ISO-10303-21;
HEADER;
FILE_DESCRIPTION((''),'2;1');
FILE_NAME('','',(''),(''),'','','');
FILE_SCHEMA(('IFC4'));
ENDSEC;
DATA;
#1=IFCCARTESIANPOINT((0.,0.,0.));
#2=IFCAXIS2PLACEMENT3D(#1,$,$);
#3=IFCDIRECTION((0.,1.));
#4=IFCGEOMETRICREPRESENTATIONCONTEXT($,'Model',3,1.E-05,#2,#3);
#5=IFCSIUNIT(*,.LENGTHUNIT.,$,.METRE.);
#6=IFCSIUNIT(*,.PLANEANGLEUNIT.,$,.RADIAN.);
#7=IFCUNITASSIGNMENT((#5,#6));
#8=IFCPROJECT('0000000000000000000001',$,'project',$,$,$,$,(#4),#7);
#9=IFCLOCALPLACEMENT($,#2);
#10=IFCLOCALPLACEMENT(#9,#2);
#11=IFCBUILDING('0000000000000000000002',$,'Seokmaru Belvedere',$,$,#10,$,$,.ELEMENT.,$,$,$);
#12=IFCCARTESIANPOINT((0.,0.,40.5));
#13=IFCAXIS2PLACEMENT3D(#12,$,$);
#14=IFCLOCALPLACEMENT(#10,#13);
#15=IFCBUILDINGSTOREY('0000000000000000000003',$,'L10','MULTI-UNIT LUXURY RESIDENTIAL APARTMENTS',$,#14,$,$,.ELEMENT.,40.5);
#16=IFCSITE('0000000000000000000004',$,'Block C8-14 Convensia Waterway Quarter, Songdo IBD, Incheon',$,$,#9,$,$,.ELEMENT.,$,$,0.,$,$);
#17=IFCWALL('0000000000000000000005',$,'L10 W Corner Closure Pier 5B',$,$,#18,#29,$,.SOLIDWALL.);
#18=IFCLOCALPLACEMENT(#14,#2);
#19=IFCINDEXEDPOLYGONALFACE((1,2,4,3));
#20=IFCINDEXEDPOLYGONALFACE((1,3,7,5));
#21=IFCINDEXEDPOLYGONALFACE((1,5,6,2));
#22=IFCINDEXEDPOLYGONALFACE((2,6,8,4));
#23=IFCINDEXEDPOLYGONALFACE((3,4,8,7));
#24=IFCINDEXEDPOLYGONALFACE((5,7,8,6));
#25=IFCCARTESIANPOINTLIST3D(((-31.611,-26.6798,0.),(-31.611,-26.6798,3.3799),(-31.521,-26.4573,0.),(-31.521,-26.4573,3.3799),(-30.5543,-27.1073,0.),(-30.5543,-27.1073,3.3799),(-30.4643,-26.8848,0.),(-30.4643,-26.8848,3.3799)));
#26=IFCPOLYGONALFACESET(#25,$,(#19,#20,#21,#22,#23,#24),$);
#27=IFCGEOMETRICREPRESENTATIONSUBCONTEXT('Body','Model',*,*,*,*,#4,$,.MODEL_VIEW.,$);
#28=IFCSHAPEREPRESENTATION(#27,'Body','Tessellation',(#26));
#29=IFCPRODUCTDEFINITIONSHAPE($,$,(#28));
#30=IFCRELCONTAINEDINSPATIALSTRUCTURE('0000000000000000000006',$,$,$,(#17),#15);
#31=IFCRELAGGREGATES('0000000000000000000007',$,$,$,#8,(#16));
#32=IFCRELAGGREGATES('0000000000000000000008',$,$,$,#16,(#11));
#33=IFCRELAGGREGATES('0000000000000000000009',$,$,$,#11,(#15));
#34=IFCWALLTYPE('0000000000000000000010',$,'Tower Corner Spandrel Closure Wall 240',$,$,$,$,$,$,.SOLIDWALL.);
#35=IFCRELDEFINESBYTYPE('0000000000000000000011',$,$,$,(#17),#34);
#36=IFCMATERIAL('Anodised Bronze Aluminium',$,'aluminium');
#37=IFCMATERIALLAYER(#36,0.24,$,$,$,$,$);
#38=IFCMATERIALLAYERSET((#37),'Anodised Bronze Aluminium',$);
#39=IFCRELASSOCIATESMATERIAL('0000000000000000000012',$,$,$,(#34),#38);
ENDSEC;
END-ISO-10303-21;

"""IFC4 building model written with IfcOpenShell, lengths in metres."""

from ifc_helpers import new_model, si_unit, direction, frame, frame_2d, origin, place, context, subcontext, project, spatial, rectangle, extrude, material, layer, layer_set, type_object, element, save


model = new_model("IFC4")

# Units and contexts
model_context = context("Model", 3, precision=1e-05, world=origin(), true_north=direction((0.0, 1.0)))
body_context = subcontext(model_context, "Body", "Model", "MODEL_VIEW")
ifc_project = project(units=[si_unit("LENGTHUNIT", "METRE"), si_unit("PLANEANGLEUNIT", "RADIAN")], contexts=[model_context])

# Site, building, storey
site_placement = place(None, origin())
site = spatial("IfcSite", under=ifc_project, at=site_placement, Name="Block C8-14 Convensia Waterway Quarter, Songdo IBD, Incheon", CompositionType="ELEMENT", RefElevation=0.0)
building_placement = place(site_placement, origin())
building = spatial("IfcBuilding", under=site, at=building_placement, Name="Seokmaru Belvedere", CompositionType="ELEMENT")
storey_placement = place(building_placement, frame((0.0, 0.0, 40.5)))
storey = spatial("IfcBuildingStorey", under=building, at=storey_placement, Name="L10", Description="MULTI-UNIT LUXURY RESIDENTIAL APARTMENTS", CompositionType="ELEMENT", Elevation=40.5)

# Shared definitions
ifc_material_1 = material(Name="Anodised Bronze Aluminium", Category="aluminium")

# Wall
ifc_layer_1 = layer(ifc_material_1, 0.24)
ifc_layer_set_1 = layer_set([ifc_layer_1], Name="Anodised Bronze Aluminium")
wall_type_1 = type_object("IfcWallType", Name="Tower Corner Spandrel Closure Wall 240", PredefinedType="SOLIDWALL", material=ifc_layer_set_1)
wall_1_placement = place(storey_placement, frame((-31.5659, -26.5686, 0.0), z_axis=(0.0, 0.0, 1.0), x_axis=(0.927007, -0.375044, 0.0)))
element("IfcWall", 1, at=wall_1_placement, inside=storey, type_object=wall_type_1, Name="L10 W Corner Closure Pier 5B", PredefinedType="SOLIDWALL", context=body_context, shape_type="SweptSolid", body=[
    extrude(rectangle(XDim=1.1399, YDim=0.24, at=frame_2d((0.5698, 0.0))), origin(), (0.0, 0.0, 1.0), 3.3799),
])

save(model, "model.ifc")
